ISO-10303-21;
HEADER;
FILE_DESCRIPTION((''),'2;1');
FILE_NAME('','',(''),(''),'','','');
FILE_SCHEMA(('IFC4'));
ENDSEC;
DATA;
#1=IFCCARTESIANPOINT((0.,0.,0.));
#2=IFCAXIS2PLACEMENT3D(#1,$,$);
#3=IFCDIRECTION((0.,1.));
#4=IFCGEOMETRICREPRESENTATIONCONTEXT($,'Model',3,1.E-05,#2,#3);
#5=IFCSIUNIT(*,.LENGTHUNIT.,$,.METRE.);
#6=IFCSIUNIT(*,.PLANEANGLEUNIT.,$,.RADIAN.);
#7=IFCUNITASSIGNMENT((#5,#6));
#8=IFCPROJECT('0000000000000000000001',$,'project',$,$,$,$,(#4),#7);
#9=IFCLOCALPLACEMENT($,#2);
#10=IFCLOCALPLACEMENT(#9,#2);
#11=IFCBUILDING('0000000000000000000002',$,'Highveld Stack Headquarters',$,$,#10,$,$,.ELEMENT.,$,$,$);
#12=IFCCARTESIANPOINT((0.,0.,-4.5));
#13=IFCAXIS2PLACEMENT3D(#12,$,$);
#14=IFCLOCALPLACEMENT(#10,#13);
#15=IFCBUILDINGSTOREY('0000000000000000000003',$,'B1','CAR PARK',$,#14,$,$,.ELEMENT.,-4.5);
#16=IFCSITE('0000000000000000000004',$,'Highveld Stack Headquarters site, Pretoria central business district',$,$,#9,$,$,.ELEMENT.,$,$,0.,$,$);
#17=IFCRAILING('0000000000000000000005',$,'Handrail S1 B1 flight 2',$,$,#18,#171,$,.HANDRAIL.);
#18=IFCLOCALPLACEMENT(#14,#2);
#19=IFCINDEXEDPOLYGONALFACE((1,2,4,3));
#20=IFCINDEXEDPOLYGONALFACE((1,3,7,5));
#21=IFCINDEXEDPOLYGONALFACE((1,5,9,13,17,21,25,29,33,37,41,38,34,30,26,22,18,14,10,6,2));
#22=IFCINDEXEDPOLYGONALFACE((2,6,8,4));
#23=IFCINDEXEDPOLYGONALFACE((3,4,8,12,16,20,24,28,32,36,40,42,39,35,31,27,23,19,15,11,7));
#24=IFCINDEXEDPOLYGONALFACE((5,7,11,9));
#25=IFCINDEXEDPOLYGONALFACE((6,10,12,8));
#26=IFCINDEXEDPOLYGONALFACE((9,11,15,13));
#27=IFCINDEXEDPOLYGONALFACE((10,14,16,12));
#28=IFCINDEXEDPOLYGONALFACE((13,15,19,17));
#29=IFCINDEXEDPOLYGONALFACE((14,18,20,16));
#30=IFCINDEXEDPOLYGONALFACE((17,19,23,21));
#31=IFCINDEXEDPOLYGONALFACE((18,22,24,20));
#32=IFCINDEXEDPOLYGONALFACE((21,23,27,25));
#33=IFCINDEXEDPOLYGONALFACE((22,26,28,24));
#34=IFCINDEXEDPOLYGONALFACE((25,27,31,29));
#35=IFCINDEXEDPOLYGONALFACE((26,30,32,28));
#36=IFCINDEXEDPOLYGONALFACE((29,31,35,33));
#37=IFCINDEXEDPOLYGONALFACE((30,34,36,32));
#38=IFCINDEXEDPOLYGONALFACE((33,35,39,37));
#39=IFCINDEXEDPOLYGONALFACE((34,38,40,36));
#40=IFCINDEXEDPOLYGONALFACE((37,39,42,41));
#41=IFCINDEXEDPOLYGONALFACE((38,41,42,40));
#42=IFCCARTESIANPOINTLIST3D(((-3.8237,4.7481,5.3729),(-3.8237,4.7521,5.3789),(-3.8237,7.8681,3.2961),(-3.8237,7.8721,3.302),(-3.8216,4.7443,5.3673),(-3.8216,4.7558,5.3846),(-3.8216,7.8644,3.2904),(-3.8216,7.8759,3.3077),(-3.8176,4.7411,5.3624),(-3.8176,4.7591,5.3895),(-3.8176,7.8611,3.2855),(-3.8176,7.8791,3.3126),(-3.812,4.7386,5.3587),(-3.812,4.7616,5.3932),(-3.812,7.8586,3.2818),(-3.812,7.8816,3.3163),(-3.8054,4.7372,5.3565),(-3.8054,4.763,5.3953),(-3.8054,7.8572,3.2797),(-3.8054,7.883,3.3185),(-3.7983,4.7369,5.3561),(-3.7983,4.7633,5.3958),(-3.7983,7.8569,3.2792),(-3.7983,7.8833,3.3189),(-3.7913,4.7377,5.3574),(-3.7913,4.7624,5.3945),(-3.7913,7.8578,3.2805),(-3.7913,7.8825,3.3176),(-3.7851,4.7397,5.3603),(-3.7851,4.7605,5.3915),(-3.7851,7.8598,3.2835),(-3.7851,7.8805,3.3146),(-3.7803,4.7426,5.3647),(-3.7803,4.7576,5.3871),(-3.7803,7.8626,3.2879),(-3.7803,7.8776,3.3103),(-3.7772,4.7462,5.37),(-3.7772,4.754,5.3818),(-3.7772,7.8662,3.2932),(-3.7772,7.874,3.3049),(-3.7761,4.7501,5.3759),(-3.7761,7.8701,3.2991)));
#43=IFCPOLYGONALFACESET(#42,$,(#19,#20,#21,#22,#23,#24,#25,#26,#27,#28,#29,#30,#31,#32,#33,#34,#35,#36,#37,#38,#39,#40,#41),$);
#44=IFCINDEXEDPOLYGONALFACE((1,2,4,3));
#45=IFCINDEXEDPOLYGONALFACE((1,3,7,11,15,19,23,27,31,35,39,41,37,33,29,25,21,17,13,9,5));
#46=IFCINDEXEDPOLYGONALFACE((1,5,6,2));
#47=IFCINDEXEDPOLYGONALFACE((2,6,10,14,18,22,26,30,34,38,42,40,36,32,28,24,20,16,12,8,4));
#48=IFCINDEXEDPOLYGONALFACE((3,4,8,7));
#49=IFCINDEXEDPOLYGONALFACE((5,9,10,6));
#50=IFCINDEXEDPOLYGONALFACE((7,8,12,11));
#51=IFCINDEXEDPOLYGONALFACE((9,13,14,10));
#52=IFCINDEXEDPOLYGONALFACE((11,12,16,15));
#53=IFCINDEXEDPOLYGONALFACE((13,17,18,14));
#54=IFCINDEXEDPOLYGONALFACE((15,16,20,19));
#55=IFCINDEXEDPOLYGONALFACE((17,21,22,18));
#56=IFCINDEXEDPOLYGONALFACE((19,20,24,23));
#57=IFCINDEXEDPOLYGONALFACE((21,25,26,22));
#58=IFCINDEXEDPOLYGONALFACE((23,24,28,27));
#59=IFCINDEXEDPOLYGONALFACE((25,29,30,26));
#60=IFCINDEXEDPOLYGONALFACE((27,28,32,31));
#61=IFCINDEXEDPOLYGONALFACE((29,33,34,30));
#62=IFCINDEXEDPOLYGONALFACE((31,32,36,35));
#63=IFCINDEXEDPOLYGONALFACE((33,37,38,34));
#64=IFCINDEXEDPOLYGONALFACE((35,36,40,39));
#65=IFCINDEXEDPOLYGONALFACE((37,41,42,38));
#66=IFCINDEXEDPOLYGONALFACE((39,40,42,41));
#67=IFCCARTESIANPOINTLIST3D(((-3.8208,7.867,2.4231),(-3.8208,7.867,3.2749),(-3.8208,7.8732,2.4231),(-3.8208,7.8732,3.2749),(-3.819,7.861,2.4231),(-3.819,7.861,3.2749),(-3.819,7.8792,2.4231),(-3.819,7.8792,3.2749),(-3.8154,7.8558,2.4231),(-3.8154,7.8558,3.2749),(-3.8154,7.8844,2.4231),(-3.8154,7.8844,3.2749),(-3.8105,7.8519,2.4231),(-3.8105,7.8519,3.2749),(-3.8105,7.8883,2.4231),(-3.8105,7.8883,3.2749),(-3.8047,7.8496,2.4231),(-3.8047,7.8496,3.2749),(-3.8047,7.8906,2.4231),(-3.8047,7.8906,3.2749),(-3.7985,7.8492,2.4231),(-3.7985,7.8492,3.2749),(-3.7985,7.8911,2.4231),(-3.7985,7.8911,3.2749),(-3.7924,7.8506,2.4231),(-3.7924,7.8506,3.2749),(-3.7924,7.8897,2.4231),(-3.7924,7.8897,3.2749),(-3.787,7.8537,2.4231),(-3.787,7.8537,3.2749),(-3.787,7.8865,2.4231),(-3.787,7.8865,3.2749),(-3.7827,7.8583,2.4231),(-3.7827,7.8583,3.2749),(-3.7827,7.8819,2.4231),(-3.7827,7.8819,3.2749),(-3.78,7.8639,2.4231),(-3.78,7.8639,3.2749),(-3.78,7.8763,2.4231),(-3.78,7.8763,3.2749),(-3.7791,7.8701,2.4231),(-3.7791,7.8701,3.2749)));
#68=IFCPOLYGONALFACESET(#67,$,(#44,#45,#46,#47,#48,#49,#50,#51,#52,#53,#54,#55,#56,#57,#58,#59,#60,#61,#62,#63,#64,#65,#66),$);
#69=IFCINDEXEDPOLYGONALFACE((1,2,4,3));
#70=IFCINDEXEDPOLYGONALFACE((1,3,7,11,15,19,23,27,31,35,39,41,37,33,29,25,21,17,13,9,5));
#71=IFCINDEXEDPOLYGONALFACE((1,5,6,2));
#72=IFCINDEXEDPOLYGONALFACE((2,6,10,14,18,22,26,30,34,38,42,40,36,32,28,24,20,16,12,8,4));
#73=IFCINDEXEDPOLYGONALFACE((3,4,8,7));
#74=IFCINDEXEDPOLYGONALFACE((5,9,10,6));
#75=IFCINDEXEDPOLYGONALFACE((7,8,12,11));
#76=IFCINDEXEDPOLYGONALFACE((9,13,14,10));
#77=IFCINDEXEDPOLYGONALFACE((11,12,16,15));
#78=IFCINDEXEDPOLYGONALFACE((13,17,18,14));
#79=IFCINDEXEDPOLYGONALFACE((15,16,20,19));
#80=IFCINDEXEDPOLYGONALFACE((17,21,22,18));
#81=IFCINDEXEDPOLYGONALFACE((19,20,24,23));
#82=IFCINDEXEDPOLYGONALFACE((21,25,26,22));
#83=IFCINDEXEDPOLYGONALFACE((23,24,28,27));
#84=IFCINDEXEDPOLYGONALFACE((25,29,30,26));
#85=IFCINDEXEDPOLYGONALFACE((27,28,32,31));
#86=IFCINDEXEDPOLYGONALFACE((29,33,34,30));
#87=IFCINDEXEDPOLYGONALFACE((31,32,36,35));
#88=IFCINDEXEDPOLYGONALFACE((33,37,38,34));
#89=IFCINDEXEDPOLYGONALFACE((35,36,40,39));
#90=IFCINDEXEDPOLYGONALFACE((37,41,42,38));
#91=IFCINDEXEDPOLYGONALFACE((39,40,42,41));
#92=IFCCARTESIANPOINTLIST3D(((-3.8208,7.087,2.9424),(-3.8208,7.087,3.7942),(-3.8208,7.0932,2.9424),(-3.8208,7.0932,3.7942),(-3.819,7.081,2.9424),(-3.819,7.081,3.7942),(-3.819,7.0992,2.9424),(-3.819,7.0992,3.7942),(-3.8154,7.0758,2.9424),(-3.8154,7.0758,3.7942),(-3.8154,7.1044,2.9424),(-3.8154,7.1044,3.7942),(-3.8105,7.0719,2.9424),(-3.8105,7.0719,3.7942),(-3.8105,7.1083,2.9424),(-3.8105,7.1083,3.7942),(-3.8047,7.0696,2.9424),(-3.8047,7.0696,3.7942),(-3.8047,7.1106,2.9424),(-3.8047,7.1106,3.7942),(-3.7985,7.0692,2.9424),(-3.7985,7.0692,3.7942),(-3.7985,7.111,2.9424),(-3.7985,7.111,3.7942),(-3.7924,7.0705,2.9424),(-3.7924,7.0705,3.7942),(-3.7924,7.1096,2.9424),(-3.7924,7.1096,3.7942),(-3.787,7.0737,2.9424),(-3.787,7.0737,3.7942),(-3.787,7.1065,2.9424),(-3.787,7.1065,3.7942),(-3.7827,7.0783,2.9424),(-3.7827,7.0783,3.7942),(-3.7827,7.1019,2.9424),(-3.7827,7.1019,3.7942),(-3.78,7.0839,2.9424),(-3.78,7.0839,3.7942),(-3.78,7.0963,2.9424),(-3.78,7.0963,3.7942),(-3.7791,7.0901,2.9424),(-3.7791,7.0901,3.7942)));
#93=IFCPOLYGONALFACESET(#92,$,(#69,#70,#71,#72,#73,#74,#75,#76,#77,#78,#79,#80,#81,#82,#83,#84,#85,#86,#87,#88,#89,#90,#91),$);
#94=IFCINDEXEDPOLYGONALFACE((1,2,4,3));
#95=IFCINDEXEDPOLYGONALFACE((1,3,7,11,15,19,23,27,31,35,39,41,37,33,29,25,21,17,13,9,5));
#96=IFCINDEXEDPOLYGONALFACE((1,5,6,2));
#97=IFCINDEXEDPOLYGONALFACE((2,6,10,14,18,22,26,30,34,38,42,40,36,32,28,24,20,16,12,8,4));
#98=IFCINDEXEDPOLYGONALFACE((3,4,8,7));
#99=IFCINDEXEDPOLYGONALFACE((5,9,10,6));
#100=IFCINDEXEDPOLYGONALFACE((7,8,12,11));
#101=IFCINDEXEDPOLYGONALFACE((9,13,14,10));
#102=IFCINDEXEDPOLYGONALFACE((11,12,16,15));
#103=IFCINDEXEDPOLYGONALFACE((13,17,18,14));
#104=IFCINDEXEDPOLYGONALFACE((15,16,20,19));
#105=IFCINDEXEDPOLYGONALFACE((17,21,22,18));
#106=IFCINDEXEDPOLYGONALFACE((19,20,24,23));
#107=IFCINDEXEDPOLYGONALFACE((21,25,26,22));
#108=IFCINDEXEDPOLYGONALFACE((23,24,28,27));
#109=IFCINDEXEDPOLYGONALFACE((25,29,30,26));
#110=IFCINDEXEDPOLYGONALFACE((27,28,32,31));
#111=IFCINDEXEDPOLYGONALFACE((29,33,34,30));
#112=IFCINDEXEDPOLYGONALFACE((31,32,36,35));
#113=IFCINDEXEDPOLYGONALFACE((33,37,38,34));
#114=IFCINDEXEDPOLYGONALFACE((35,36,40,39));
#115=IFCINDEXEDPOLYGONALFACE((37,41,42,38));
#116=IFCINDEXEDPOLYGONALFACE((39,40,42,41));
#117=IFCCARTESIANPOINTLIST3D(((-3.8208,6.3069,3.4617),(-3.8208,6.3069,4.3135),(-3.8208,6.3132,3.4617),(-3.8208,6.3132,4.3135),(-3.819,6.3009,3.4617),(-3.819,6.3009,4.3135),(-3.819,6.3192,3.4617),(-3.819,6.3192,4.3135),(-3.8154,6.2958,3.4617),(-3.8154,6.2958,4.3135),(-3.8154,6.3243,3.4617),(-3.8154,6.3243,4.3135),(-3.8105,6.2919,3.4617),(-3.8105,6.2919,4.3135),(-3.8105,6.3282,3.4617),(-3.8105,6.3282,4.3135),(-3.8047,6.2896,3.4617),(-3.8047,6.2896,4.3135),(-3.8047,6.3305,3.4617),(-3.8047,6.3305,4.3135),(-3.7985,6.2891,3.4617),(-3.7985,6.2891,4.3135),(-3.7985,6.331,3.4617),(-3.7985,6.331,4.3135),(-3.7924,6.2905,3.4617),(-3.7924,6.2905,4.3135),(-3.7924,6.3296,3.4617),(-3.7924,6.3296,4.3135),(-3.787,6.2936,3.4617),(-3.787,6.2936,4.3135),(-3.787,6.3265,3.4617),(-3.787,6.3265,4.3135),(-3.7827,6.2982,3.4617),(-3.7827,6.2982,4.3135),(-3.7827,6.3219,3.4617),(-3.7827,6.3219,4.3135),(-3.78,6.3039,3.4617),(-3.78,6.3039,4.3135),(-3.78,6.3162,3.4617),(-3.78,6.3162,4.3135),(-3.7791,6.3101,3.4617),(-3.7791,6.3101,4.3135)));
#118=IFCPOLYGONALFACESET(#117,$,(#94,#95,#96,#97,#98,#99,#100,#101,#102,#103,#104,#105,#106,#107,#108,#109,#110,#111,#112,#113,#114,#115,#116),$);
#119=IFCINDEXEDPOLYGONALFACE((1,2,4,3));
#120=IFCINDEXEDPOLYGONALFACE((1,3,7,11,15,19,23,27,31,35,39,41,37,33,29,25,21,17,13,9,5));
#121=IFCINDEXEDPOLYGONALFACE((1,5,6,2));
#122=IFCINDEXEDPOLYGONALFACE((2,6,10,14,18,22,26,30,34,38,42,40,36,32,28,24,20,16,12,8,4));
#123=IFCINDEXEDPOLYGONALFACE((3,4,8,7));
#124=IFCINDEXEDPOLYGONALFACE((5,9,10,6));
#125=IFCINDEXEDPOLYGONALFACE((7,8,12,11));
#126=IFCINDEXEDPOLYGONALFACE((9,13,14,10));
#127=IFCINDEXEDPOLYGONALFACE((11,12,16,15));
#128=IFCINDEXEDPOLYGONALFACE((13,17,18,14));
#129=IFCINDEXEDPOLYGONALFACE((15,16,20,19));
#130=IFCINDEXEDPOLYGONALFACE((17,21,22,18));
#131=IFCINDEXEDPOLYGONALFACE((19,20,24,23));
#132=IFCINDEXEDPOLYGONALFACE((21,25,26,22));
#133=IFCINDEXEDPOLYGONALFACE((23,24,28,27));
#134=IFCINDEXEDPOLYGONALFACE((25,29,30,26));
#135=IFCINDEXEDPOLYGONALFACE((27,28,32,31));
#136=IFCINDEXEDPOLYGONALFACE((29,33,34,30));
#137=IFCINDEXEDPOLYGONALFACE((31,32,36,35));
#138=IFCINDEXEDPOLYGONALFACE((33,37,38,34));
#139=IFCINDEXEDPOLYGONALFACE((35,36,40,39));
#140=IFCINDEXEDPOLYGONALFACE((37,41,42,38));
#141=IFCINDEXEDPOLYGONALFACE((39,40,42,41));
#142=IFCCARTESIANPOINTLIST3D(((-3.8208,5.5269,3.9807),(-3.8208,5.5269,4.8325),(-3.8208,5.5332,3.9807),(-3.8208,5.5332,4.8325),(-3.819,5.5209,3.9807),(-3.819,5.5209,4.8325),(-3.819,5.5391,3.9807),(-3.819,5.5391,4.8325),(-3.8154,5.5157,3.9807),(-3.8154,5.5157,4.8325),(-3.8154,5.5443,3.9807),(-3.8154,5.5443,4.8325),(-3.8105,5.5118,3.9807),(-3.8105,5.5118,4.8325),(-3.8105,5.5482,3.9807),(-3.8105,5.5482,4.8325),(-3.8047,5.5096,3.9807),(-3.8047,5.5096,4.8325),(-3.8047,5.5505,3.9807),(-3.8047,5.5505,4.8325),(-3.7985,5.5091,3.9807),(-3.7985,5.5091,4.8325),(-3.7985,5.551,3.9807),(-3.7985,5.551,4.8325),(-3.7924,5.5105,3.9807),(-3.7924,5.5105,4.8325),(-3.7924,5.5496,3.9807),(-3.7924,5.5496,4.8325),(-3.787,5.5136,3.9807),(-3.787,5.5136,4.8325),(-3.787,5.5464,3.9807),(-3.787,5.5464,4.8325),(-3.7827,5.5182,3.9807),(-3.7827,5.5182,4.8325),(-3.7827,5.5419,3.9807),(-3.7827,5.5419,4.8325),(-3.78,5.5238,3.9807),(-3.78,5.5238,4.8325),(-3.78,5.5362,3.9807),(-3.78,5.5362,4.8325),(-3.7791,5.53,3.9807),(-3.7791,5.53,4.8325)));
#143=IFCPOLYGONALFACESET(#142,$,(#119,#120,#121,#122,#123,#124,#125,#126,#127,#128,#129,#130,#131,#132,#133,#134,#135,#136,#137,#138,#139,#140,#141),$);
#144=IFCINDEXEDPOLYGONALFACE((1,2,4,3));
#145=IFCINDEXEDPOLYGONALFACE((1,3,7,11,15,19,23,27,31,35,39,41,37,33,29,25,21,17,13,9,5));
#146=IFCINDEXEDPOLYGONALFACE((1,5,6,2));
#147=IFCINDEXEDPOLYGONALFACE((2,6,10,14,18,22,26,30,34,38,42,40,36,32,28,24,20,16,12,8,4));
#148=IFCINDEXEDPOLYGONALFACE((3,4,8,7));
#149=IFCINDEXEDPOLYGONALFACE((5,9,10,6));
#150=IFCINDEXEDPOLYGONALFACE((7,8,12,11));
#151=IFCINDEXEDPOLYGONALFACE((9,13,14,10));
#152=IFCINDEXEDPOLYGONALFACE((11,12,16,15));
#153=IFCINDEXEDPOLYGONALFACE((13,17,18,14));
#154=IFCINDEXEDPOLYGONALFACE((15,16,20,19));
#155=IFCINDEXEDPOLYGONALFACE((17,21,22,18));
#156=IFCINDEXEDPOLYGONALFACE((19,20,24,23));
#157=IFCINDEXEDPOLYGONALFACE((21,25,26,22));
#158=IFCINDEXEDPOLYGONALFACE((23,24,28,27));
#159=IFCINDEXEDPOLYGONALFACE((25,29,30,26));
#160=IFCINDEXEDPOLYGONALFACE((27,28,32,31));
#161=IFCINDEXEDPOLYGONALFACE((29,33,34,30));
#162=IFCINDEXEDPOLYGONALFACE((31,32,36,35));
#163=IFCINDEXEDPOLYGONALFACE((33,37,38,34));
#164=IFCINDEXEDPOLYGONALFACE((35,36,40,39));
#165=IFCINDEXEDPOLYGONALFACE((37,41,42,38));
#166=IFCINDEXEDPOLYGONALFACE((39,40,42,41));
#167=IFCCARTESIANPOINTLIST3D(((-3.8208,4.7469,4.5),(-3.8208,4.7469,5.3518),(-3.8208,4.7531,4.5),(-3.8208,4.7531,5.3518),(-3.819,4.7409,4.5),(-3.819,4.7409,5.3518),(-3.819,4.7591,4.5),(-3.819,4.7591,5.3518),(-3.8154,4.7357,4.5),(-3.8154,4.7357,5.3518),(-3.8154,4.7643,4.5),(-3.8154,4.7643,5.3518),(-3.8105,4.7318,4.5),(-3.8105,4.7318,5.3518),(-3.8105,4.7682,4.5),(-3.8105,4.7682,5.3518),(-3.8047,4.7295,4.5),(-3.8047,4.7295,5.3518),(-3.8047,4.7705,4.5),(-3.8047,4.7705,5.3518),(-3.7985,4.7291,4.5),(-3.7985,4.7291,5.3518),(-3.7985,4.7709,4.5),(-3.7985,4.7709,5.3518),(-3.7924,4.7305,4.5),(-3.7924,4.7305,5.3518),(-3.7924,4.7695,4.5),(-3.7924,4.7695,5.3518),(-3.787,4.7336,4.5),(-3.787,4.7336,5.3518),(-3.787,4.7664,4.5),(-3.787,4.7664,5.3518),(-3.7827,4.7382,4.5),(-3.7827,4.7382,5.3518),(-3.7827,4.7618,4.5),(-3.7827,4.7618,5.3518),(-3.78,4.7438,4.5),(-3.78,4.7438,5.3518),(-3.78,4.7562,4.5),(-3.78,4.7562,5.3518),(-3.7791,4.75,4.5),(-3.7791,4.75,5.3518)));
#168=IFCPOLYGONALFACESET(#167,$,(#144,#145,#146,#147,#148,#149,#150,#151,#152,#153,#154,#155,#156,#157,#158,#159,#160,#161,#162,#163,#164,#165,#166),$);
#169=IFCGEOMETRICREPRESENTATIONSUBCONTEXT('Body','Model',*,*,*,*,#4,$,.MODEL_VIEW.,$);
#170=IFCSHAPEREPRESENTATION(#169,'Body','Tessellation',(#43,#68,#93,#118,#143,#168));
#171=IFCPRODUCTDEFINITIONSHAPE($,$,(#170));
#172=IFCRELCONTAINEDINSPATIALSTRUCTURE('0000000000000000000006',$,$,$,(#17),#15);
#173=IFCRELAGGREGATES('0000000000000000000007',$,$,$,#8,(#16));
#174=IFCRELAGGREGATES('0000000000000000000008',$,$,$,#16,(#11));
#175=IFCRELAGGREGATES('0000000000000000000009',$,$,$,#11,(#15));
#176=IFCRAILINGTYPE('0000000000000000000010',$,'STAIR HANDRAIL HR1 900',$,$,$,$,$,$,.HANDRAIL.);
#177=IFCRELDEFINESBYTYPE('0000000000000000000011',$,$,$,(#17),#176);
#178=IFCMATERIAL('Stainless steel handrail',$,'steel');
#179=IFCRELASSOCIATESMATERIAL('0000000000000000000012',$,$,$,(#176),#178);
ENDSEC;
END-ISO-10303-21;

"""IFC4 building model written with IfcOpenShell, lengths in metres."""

from ifc_helpers import new_model, si_unit, direction, frame, origin, origin_2d, place, context, subcontext, project, spatial, circle, extrude, material, type_object, element, save


model = new_model("IFC4")

# Units and contexts
model_context = context("Model", 3, precision=1e-05, world=origin(), true_north=direction((0.0, 1.0)))
body_context = subcontext(model_context, "Body", "Model", "MODEL_VIEW")
ifc_project = project(units=[si_unit("LENGTHUNIT", "METRE"), si_unit("PLANEANGLEUNIT", "RADIAN")], contexts=[model_context])

# Site, building, storey
site_placement = place(None, origin())
site = spatial("IfcSite", under=ifc_project, at=site_placement, Name="Highveld Stack Headquarters site, Pretoria central business district", CompositionType="ELEMENT", RefElevation=0.0)
building_placement = place(site_placement, origin())
building = spatial("IfcBuilding", under=site, at=building_placement, Name="Highveld Stack Headquarters", CompositionType="ELEMENT")
storey_placement = place(building_placement, frame((0.0, 0.0, -4.5)))
storey = spatial("IfcBuildingStorey", under=building, at=storey_placement, Name="B1", Description="CAR PARK", CompositionType="ELEMENT", Elevation=-4.5)

# Railing
ifc_material_1 = material(Name="Stainless steel handrail", Category="steel")
railing_type = type_object("IfcRailingType", Name="STAIR HANDRAIL HR1 900", PredefinedType="HANDRAIL", material=ifc_material_1)
for number, where, name in (
    (1, (-3.8, 7.8701, 2.4231), "Handrail S1 B1 flight 2"),
):
    element("IfcRailing", number, at=place(storey_placement, frame(where)), inside=storey, type_object=railing_type, Name=name, PredefinedType="HANDRAIL", context=body_context, shape_type="SweptSolid", body=[
        extrude(circle(Radius=0.0239, at=origin_2d()), frame((0.0, 0.0, 0.876), z_axis=(0.0, -0.832441, 0.554114), x_axis=(1.0, 0.0, 0.0)), (0.0, 0.0, 1.0), 3.748),
        extrude(circle(Radius=0.021, at=origin_2d()), origin(), (0.0, 0.0, 1.0), 0.8518),
        extrude(circle(Radius=0.021, at=origin_2d()), frame((0.0, -0.78, 0.5193)), (0.0, 0.0, 1.0), 0.8518),
        extrude(circle(Radius=0.021, at=origin_2d()), frame((0.0, -1.5601, 1.0386)), (0.0, 0.0, 1.0), 0.8518),
        extrude(circle(Radius=0.021, at=origin_2d()), frame((0.0, -2.3401, 1.5576)), (0.0, 0.0, 1.0), 0.8518),
        extrude(circle(Radius=0.021, at=origin_2d()), frame((0.0, -3.1201, 2.0769)), (0.0, 0.0, 1.0), 0.8518),
    ])

save(model, "model.ifc")
